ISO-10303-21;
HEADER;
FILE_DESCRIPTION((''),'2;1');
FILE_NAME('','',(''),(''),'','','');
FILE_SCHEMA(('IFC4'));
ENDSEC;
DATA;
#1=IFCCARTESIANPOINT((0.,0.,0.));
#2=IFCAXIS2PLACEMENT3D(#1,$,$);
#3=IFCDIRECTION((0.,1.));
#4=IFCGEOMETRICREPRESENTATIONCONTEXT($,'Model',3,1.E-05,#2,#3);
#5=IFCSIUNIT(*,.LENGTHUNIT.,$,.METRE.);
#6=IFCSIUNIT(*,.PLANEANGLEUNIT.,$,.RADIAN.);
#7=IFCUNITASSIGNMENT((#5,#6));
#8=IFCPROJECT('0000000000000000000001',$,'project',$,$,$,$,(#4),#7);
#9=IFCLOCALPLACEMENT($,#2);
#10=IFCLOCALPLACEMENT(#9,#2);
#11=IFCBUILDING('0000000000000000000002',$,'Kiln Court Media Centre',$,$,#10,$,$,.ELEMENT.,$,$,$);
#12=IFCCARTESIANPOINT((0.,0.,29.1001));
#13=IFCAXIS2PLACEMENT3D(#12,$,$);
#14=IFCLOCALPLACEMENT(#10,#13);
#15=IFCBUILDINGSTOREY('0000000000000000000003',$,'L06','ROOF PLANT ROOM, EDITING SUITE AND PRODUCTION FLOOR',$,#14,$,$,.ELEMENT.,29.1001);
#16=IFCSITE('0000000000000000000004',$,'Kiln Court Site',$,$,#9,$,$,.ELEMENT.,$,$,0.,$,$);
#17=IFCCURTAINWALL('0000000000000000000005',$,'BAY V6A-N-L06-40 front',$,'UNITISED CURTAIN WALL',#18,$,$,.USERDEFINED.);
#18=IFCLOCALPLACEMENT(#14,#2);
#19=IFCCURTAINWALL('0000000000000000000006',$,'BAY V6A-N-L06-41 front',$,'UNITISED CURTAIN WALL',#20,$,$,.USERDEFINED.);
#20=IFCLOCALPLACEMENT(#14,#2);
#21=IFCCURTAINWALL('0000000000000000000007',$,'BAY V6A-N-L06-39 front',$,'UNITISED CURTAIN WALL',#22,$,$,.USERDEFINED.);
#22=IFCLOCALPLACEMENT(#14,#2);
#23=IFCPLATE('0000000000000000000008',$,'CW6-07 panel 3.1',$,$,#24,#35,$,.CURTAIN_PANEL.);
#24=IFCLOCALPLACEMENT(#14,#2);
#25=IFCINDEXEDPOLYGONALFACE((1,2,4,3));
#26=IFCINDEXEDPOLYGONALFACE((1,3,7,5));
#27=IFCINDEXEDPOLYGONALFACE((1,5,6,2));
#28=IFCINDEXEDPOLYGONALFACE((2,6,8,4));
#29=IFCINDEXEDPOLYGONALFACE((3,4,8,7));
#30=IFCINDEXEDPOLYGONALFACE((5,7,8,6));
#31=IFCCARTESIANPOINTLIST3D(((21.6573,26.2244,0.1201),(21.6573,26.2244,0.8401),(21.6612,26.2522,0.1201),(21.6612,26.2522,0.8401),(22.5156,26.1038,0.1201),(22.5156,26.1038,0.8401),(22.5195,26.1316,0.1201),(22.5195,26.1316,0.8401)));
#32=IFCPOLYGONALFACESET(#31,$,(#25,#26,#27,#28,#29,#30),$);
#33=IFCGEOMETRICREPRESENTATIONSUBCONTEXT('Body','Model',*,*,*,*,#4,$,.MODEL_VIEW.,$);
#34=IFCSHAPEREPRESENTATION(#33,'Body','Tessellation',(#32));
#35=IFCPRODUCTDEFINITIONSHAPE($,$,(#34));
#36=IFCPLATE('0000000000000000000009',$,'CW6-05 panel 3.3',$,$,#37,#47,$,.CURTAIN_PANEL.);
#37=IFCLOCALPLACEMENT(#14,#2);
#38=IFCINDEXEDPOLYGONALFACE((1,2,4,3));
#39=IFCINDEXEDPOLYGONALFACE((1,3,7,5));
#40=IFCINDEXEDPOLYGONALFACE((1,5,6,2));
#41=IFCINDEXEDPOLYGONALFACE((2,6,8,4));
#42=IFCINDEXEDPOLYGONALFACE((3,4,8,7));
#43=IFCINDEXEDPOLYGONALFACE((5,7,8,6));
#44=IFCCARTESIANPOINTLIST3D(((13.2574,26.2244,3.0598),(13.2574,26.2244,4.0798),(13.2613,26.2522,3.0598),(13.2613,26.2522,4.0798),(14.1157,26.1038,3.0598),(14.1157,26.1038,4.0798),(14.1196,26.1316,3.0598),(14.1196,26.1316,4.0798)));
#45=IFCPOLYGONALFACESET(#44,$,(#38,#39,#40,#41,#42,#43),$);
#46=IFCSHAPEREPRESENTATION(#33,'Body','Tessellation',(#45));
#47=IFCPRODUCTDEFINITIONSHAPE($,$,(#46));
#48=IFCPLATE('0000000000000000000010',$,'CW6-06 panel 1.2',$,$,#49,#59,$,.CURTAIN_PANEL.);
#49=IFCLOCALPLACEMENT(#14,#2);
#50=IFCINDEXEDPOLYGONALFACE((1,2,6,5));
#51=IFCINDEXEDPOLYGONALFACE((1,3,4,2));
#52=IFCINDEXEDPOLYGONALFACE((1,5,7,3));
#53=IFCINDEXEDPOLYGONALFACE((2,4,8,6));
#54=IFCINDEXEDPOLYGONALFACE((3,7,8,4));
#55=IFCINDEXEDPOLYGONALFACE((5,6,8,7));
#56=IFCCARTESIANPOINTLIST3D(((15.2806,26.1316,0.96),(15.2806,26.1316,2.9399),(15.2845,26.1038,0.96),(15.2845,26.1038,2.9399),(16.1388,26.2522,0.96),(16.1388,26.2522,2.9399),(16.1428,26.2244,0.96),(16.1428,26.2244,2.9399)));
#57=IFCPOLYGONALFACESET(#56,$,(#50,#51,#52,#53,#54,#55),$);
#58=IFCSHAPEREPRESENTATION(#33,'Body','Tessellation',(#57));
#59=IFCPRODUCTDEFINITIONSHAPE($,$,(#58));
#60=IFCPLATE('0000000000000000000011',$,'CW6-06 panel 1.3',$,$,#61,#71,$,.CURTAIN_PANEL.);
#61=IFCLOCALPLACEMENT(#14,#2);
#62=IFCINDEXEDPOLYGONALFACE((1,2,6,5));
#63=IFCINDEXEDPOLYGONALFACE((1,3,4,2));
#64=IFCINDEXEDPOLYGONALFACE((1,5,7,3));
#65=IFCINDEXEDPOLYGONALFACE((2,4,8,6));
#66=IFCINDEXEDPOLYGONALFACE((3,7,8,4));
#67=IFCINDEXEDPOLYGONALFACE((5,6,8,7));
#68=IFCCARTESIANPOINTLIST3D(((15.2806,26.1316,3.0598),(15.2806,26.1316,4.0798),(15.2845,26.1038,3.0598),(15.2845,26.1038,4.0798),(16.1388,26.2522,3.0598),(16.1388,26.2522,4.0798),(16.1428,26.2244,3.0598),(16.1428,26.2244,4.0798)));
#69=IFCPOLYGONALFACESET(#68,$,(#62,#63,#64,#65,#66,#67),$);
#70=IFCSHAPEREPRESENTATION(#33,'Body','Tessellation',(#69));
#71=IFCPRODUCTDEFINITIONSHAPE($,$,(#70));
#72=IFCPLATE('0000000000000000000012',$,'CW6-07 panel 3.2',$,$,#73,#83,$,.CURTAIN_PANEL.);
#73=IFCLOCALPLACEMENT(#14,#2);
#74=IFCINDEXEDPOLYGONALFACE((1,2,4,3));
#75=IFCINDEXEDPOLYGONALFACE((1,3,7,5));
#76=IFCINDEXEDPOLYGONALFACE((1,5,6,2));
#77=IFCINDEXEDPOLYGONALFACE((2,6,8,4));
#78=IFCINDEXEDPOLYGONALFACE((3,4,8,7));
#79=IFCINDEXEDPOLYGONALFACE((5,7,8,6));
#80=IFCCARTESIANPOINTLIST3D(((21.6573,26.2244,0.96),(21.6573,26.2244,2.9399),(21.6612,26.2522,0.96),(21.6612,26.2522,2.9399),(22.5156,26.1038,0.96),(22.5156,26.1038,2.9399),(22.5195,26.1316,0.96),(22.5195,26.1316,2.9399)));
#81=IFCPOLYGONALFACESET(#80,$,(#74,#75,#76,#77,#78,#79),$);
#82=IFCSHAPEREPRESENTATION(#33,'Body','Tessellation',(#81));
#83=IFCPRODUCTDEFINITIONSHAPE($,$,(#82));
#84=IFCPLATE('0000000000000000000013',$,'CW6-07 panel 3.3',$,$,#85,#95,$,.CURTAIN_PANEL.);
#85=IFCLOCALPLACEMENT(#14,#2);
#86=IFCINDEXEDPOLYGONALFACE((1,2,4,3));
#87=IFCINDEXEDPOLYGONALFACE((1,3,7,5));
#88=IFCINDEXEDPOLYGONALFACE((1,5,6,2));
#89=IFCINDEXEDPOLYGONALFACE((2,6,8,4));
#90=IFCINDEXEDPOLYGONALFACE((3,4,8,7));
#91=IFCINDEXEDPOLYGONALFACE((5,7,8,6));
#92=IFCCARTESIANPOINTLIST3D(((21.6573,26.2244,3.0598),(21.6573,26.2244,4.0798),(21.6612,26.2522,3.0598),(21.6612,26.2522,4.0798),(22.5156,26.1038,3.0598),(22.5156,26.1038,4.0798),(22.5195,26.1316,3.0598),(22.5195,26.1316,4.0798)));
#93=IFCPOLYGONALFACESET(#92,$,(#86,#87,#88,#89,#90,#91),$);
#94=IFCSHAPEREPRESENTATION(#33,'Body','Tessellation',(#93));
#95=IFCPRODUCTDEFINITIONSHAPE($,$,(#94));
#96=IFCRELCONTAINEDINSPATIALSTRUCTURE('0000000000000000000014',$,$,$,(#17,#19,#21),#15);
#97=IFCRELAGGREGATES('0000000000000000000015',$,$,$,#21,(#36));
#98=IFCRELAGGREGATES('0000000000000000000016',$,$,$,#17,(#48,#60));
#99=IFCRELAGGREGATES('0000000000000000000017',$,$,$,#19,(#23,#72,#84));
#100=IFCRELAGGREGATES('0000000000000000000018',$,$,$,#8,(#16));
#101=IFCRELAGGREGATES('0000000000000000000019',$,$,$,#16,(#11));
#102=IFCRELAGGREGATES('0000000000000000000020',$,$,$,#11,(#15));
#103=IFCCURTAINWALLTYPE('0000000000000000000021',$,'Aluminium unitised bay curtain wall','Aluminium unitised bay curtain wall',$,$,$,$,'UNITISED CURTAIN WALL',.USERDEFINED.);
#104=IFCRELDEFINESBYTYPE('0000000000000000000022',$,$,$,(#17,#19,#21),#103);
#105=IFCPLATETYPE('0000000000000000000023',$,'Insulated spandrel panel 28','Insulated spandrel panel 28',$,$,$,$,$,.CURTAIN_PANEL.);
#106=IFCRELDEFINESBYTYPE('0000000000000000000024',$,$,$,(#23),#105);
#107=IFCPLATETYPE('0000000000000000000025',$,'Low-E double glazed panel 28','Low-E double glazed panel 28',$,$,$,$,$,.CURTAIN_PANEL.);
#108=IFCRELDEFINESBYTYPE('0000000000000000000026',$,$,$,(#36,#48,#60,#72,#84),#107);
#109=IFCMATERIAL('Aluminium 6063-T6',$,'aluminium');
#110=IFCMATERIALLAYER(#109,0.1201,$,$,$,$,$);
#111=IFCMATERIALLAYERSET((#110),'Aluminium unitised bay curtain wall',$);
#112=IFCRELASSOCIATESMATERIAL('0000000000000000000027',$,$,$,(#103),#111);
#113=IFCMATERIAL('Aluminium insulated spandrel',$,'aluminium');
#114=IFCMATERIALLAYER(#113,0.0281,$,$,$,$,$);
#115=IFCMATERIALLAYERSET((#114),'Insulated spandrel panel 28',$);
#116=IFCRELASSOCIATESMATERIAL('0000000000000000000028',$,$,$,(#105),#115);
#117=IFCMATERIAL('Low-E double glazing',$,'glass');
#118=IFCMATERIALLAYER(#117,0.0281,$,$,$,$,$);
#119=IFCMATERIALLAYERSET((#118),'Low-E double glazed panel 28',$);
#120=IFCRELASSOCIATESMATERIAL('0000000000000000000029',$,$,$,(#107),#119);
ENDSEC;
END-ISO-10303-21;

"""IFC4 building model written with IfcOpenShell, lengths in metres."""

from ifc_helpers import new_model, si_unit, direction, frame, origin, origin_2d, place, context, subcontext, project, spatial, rectangle, extrude, material, layer, layer_set, type_object, element, aggregate, save


model = new_model("IFC4")

# Units and contexts
model_context = context("Model", 3, precision=1e-05, world=origin(), true_north=direction((0.0, 1.0)))
body_context = subcontext(model_context, "Body", "Model", "MODEL_VIEW")
ifc_project = project(units=[si_unit("LENGTHUNIT", "METRE"), si_unit("PLANEANGLEUNIT", "RADIAN")], contexts=[model_context])

# Site, building, storey
site_placement = place(None, origin())
site = spatial("IfcSite", under=ifc_project, at=site_placement, Name="Kiln Court Site", CompositionType="ELEMENT", RefElevation=0.0)
building_placement = place(site_placement, origin())
building = spatial("IfcBuilding", under=site, at=building_placement, Name="Kiln Court Media Centre", CompositionType="ELEMENT")
storey_placement = place(building_placement, frame((0.0, 0.0, 29.1001)))
storey = spatial("IfcBuildingStorey", under=building, at=storey_placement, Name="L06", Description="ROOF PLANT ROOM, EDITING SUITE AND PRODUCTION FLOOR", CompositionType="ELEMENT", Elevation=29.1001)

# Curtain walls
ifc_material_1 = material(Name="Aluminium 6063-T6", Category="aluminium")
ifc_layer_1 = layer(ifc_material_1, 0.1201)
ifc_layer_set_1 = layer_set([ifc_layer_1], Name="Aluminium unitised bay curtain wall")
curtain_wall_type = type_object("IfcCurtainWallType", Name="Aluminium unitised bay curtain wall", Description="Aluminium unitised bay curtain wall", ElementType="UNITISED CURTAIN WALL", PredefinedType="USERDEFINED", material=ifc_layer_set_1)
curtain_wall_1_placement = place(storey_placement, origin())
curtain_wall_1 = element("IfcCurtainWall", 1, at=curtain_wall_1_placement, inside=storey, type_object=curtain_wall_type, Name="BAY V6A-N-L06-40 front", ObjectType="UNITISED CURTAIN WALL", PredefinedType="USERDEFINED")
curtain_wall_2_placement = place(storey_placement, origin())
curtain_wall_2 = element("IfcCurtainWall", 2, at=curtain_wall_2_placement, inside=storey, type_object=curtain_wall_type, Name="BAY V6A-N-L06-41 front", ObjectType="UNITISED CURTAIN WALL", PredefinedType="USERDEFINED")

# Curtain wall
curtain_wall_3_placement = place(storey_placement, origin())
curtain_wall_3 = element("IfcCurtainWall", 3, at=curtain_wall_3_placement, inside=storey, type_object=curtain_wall_type, Name="BAY V6A-N-L06-39 front", ObjectType="UNITISED CURTAIN WALL", PredefinedType="USERDEFINED")

# Plates
ifc_material_2 = material(Name="Aluminium insulated spandrel", Category="aluminium")
ifc_layer_2 = layer(ifc_material_2, 0.0281)
ifc_layer_set_2 = layer_set([ifc_layer_2], Name="Insulated spandrel panel 28")
plate_type_1 = type_object("IfcPlateType", Name="Insulated spandrel panel 28", Description="Insulated spandrel panel 28", PredefinedType="CURTAIN_PANEL", material=ifc_layer_set_2)
plate_1_placement = place(storey_placement, frame((22.0884, 26.178, 0.1201), z_axis=(0.0, 0.0, 1.0), x_axis=(0.99027, -0.139162, 0.0)))
plate_1 = element("IfcPlate", 4, at=plate_1_placement, type_object=plate_type_1, Name="CW6-07 panel 3.1", PredefinedType="CURTAIN_PANEL", context=body_context, shape_type="SweptSolid", body=[
    extrude(rectangle(XDim=0.8667, YDim=0.0281, at=origin_2d()), origin(), (0.0, 0.0, 1.0), 0.72),
])
ifc_material_3 = material(Name="Low-E double glazing", Category="glass")
ifc_layer_3 = layer(ifc_material_3, 0.0281)
ifc_layer_set_3 = layer_set([ifc_layer_3], Name="Low-E double glazed panel 28")
plate_type_2 = type_object("IfcPlateType", Name="Low-E double glazed panel 28", Description="Low-E double glazed panel 28", PredefinedType="CURTAIN_PANEL", material=ifc_layer_set_3)
plate_2_placement = place(storey_placement, frame((13.6885, 26.178, 3.0598), z_axis=(0.0, 0.0, 1.0), x_axis=(0.99027, -0.139162, 0.0)))
plate_2 = element("IfcPlate", 5, at=plate_2_placement, type_object=plate_type_2, Name="CW6-05 panel 3.3", PredefinedType="CURTAIN_PANEL", context=body_context, shape_type="SweptSolid", body=[
    extrude(rectangle(XDim=0.8667, YDim=0.0281, at=origin_2d()), origin(), (0.0, 0.0, 1.0), 1.02),
])
aggregate(curtain_wall_3, [plate_2])
plate_3_placement = place(storey_placement, frame((15.7117, 26.178, 0.96), z_axis=(0.0, 0.0, 1.0), x_axis=(0.99027, 0.139162, 0.0)))
plate_3 = element("IfcPlate", 6, at=plate_3_placement, type_object=plate_type_2, Name="CW6-06 panel 1.2", PredefinedType="CURTAIN_PANEL", context=body_context, shape_type="SweptSolid", body=[
    extrude(rectangle(XDim=0.8667, YDim=0.0281, at=origin_2d()), origin(), (0.0, 0.0, 1.0), 1.98),
])
plate_4_placement = place(storey_placement, frame((15.7117, 26.178, 3.0598), z_axis=(0.0, 0.0, 1.0), x_axis=(0.99027, 0.139162, 0.0)))
plate_4 = element("IfcPlate", 7, at=plate_4_placement, type_object=plate_type_2, Name="CW6-06 panel 1.3", PredefinedType="CURTAIN_PANEL", context=body_context, shape_type="SweptSolid", body=[
    extrude(rectangle(XDim=0.8667, YDim=0.0281, at=origin_2d()), origin(), (0.0, 0.0, 1.0), 1.02),
])
aggregate(curtain_wall_1, [plate_3, plate_4])
plate_5_placement = place(storey_placement, frame((22.0884, 26.178, 0.96), z_axis=(0.0, 0.0, 1.0), x_axis=(0.99027, -0.139162, 0.0)))
plate_5 = element("IfcPlate", 8, at=plate_5_placement, type_object=plate_type_2, Name="CW6-07 panel 3.2", PredefinedType="CURTAIN_PANEL", context=body_context, shape_type="SweptSolid", body=[
    extrude(rectangle(XDim=0.8667, YDim=0.0281, at=origin_2d()), origin(), (0.0, 0.0, 1.0), 1.98),
])
plate_6_placement = place(storey_placement, frame((22.0884, 26.178, 3.0598), z_axis=(0.0, 0.0, 1.0), x_axis=(0.99027, -0.139162, 0.0)))
plate_6 = element("IfcPlate", 9, at=plate_6_placement, type_object=plate_type_2, Name="CW6-07 panel 3.3", PredefinedType="CURTAIN_PANEL", context=body_context, shape_type="SweptSolid", body=[
    extrude(rectangle(XDim=0.8667, YDim=0.0281, at=origin_2d()), origin(), (0.0, 0.0, 1.0), 1.02),
])
aggregate(curtain_wall_2, [plate_1, plate_5, plate_6])

save(model, "model.ifc")
